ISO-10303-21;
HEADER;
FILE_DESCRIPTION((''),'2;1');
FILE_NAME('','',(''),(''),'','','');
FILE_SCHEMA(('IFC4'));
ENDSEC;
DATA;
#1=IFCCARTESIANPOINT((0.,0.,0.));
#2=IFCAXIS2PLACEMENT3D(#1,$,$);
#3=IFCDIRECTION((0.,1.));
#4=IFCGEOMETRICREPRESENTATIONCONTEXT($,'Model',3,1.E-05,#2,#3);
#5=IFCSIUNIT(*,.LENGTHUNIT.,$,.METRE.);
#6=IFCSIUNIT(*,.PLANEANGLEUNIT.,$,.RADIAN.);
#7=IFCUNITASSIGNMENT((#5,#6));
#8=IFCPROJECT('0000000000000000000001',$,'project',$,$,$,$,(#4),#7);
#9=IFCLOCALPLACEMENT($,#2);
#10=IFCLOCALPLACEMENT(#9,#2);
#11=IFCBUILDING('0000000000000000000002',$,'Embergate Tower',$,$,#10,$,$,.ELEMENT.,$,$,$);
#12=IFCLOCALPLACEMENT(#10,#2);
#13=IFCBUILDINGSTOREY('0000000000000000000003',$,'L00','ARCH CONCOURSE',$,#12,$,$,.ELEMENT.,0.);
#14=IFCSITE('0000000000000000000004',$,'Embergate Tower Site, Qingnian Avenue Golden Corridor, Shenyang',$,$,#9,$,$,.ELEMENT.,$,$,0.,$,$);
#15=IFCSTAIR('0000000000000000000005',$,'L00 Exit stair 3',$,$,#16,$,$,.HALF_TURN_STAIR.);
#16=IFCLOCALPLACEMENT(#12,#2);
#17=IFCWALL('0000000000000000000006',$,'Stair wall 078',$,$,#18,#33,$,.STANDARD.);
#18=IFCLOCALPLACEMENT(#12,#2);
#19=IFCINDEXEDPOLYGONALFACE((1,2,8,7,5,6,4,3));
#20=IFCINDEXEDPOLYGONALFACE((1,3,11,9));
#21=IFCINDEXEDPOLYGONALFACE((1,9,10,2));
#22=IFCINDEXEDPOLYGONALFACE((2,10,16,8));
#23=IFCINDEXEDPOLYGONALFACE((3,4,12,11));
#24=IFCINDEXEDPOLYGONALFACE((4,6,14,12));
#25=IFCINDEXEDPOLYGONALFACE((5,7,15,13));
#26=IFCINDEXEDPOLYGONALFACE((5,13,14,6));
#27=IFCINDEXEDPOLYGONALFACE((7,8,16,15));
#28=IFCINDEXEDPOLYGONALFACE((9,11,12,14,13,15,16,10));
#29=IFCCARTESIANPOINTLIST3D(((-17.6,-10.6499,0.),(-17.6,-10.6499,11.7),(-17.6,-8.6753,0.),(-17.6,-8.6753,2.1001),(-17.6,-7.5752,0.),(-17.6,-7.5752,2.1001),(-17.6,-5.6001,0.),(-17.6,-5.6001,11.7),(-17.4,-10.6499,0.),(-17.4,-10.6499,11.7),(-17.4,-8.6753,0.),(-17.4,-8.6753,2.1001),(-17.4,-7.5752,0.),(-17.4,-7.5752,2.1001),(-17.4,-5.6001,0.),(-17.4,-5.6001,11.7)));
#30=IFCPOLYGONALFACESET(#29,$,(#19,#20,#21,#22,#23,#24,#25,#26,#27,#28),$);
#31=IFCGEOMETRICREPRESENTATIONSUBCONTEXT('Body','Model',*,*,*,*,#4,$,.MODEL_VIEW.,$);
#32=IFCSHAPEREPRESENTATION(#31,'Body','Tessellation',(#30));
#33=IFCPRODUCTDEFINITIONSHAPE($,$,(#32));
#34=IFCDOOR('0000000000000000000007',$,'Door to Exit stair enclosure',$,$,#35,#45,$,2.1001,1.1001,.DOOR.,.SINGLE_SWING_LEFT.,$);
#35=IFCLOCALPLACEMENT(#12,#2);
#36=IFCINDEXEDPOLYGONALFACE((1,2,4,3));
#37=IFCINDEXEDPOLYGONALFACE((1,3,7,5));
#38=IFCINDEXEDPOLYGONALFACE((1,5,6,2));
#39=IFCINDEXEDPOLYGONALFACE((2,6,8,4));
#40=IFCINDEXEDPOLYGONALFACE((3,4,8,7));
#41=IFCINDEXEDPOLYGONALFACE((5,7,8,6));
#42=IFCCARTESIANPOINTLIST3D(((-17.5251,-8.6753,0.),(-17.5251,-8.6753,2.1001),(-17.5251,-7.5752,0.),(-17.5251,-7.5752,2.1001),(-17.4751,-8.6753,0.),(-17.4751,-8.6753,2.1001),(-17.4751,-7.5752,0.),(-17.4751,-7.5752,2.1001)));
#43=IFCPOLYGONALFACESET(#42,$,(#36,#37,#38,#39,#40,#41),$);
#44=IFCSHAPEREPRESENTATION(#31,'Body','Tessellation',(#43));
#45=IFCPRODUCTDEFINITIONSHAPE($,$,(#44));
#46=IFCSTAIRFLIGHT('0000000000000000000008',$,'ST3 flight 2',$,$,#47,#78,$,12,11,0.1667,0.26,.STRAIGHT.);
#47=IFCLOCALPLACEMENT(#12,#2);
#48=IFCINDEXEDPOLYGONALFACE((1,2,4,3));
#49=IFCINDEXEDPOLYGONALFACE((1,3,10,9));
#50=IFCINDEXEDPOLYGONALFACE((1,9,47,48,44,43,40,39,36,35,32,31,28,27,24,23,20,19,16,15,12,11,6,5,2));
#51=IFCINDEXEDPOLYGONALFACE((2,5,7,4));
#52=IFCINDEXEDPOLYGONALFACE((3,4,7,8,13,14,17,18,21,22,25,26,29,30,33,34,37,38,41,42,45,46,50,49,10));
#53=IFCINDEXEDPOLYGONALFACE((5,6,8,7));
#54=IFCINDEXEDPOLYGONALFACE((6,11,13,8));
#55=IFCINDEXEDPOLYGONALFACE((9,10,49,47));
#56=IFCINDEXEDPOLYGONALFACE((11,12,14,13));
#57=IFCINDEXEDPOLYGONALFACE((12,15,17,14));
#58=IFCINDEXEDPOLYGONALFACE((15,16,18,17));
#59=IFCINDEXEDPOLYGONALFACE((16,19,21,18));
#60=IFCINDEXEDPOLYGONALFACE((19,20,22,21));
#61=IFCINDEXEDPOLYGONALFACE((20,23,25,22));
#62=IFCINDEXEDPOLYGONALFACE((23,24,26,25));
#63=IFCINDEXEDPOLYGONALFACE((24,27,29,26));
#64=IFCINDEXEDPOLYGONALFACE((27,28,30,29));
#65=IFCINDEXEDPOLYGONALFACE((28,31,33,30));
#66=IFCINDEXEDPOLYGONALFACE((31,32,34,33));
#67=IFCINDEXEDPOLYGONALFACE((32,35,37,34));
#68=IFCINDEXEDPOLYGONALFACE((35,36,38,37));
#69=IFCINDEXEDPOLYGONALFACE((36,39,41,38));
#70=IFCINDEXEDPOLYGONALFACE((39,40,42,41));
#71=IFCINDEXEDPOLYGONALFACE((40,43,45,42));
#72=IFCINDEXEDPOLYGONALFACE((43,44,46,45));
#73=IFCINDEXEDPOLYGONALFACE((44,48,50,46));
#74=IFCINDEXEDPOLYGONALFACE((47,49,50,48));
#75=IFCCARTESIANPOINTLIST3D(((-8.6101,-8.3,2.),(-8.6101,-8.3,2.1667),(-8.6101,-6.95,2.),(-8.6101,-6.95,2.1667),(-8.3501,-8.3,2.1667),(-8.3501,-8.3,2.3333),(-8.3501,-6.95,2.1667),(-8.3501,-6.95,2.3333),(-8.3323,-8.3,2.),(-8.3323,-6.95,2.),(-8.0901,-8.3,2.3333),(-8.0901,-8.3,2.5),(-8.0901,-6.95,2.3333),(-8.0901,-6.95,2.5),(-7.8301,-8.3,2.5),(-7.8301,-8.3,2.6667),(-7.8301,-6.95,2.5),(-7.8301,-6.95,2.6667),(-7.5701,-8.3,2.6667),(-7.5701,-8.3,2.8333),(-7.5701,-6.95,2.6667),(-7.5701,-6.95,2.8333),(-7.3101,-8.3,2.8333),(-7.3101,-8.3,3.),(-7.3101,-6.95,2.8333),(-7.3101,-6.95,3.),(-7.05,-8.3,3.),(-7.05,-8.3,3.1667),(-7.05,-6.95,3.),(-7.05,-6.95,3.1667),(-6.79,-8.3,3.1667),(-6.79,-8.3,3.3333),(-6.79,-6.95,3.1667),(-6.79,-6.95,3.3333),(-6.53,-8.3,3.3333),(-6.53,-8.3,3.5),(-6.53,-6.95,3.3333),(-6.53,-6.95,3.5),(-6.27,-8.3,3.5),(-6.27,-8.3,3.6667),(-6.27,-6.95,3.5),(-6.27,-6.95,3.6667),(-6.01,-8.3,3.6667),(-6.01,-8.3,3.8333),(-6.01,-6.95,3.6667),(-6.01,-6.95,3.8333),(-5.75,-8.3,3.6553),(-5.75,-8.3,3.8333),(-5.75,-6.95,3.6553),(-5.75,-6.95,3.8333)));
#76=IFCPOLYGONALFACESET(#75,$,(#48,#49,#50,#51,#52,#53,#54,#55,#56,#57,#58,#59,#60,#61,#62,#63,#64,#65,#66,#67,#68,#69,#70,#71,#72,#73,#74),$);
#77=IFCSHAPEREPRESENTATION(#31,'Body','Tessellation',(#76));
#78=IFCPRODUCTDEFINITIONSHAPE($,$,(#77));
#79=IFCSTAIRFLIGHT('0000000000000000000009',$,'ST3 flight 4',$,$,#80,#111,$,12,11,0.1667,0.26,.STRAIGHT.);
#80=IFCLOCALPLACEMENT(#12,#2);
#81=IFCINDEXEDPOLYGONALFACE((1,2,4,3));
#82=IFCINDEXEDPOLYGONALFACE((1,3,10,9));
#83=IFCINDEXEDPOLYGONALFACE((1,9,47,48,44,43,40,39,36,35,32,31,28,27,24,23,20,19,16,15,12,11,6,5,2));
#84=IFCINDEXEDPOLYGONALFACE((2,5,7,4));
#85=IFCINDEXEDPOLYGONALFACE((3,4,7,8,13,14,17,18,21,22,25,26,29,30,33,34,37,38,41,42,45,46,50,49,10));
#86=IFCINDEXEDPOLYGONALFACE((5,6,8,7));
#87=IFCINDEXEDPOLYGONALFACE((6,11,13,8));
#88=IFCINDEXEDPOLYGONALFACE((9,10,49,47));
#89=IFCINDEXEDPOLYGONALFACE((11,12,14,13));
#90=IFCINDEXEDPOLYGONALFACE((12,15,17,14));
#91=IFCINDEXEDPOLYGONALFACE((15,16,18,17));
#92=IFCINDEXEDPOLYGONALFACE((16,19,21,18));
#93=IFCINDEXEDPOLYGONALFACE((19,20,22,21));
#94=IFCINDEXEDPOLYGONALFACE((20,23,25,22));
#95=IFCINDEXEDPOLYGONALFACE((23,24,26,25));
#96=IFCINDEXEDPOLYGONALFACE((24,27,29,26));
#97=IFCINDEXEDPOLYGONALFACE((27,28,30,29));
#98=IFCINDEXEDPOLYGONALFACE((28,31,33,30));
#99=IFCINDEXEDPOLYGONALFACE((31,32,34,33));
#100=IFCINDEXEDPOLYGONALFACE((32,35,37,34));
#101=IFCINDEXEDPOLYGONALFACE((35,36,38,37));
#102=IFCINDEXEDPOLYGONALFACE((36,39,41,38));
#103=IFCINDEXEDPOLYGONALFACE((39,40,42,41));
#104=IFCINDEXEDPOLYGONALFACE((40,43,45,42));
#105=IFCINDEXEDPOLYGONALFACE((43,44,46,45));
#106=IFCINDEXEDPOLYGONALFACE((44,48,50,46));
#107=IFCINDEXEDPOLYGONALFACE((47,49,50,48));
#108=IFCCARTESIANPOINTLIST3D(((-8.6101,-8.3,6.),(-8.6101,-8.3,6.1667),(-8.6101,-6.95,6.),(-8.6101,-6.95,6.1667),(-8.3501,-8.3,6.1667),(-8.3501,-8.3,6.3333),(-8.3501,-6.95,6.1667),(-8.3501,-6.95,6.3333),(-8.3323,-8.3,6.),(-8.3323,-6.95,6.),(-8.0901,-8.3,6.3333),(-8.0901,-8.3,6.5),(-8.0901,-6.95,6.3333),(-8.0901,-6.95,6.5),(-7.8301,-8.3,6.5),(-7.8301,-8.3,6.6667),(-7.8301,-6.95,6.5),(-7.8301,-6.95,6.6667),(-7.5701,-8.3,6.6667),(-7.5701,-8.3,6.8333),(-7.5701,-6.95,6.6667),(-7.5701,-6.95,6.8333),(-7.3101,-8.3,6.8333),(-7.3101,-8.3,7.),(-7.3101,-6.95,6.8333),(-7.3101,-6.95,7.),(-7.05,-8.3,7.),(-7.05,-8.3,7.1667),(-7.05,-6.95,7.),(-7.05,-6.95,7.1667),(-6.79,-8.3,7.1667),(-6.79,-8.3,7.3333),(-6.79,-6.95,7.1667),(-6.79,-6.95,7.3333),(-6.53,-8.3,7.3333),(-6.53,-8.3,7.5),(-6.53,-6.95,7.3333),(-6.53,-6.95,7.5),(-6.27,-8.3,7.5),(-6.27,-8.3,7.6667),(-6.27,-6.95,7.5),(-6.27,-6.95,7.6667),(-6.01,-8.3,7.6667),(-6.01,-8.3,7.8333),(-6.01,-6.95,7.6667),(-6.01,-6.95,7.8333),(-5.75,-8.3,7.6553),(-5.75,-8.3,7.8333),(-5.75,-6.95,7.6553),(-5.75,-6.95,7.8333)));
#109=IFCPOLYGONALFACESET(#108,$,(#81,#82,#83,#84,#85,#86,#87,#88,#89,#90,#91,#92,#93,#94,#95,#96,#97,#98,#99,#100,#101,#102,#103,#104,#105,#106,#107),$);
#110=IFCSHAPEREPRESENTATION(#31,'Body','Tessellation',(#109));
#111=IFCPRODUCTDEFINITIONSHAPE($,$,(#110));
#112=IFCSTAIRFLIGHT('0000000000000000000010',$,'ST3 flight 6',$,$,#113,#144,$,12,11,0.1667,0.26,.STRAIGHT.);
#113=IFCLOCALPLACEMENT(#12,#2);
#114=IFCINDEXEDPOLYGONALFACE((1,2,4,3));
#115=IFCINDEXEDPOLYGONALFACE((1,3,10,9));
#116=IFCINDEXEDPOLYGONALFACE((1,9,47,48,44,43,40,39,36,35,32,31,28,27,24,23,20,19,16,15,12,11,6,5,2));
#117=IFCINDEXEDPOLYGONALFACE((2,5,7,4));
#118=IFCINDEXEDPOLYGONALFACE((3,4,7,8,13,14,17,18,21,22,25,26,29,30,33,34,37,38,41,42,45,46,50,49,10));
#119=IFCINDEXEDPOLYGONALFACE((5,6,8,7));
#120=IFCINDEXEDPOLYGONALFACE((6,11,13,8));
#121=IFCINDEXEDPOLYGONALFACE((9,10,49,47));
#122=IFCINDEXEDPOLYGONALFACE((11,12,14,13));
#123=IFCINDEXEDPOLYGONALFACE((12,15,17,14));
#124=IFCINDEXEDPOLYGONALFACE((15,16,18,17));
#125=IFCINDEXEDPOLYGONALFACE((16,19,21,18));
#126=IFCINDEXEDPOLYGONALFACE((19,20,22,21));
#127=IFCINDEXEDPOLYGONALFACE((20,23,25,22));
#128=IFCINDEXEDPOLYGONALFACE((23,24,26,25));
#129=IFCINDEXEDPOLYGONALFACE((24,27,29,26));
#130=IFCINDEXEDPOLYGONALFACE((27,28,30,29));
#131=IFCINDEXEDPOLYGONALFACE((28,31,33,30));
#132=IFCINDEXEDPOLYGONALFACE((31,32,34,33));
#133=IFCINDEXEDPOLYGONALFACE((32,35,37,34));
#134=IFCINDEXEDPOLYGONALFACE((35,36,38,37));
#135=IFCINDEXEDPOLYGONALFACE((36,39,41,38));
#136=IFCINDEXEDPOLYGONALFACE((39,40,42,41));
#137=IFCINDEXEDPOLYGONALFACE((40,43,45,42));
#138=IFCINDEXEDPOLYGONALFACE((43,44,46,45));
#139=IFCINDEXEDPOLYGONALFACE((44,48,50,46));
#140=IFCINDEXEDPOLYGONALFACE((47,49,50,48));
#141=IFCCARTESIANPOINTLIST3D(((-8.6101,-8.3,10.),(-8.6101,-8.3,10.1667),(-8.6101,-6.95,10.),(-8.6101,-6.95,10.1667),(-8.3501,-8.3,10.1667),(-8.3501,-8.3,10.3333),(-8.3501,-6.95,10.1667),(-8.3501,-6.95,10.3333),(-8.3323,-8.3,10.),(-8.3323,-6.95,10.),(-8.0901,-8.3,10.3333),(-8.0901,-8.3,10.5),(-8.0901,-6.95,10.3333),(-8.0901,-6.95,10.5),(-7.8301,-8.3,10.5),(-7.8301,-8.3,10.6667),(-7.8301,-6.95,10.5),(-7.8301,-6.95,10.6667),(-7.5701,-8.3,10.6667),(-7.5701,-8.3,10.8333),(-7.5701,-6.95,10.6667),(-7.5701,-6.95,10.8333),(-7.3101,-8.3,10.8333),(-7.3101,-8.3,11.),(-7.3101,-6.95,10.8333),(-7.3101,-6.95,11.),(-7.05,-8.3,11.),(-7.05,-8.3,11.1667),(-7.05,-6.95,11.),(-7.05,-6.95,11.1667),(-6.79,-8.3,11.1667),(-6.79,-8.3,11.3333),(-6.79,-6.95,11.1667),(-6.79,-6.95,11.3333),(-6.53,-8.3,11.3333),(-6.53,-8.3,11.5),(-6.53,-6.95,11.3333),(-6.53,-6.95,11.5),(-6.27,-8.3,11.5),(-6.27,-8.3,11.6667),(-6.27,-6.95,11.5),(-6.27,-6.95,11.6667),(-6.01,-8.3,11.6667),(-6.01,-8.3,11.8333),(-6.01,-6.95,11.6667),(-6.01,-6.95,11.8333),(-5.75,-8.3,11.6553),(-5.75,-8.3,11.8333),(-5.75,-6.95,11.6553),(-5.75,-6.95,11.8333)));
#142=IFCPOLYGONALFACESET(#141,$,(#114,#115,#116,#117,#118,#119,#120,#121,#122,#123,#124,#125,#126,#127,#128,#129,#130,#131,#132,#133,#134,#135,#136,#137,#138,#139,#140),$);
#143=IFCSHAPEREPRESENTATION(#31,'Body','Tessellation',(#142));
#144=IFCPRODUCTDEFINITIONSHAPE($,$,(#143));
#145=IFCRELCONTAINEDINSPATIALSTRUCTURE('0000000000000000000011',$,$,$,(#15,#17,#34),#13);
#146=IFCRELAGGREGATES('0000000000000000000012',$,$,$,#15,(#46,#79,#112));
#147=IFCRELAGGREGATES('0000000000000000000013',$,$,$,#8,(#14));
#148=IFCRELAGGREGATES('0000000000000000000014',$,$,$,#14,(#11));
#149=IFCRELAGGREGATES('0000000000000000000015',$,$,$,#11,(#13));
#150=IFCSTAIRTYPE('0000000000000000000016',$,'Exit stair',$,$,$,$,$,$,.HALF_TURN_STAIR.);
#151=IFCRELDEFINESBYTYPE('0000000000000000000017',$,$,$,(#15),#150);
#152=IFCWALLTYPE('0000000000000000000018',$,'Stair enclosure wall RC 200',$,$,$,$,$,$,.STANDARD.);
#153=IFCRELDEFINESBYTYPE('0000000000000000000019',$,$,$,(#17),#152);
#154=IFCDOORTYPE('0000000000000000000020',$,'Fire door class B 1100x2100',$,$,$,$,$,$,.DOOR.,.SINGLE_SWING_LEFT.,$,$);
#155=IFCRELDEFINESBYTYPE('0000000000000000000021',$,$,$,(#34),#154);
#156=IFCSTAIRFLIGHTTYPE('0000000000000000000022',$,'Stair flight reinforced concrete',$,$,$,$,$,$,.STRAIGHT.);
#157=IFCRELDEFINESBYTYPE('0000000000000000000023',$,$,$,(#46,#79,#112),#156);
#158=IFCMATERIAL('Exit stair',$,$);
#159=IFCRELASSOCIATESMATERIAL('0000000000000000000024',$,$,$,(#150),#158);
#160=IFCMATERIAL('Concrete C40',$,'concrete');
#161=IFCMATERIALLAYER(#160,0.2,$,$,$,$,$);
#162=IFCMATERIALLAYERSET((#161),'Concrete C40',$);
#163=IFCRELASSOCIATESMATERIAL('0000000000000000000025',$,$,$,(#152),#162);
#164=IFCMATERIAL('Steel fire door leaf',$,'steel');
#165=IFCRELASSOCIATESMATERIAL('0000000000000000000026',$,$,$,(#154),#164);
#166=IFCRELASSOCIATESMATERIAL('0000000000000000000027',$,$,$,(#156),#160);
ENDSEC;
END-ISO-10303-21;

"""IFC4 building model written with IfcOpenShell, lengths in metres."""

from ifc_helpers import new_model, si_unit, direction, frame, frame_2d, origin, place, context, subcontext, project, spatial, polyline, rectangle, outline, extrude, source, transform, mapped, material, layer, layer_set, type_object, element, fill, aggregate, save


model = new_model("IFC4")

# Units and contexts
model_context = context("Model", 3, precision=1e-05, world=origin(), true_north=direction((0.0, 1.0)))
body_context = subcontext(model_context, "Body", "Model", "MODEL_VIEW")
ifc_project = project(units=[si_unit("LENGTHUNIT", "METRE"), si_unit("PLANEANGLEUNIT", "RADIAN")], contexts=[model_context])

# Site, building, storey
site_placement = place(None, origin())
site = spatial("IfcSite", under=ifc_project, at=site_placement, Name="Embergate Tower Site, Qingnian Avenue Golden Corridor, Shenyang", CompositionType="ELEMENT", RefElevation=0.0)
building_placement = place(site_placement, origin())
building = spatial("IfcBuilding", under=site, at=building_placement, Name="Embergate Tower", CompositionType="ELEMENT")
storey_placement = place(building_placement, origin())
storey = spatial("IfcBuildingStorey", under=building, at=storey_placement, Name="L00", Description="ARCH CONCOURSE", CompositionType="ELEMENT", Elevation=0.0)

# Stair
ifc_material_1 = material(Name="Exit stair")
stair_type_1 = type_object("IfcStairType", Name="Exit stair", PredefinedType="HALF_TURN_STAIR", material=ifc_material_1)
stair_1_placement = place(storey_placement, origin())
stair_1 = element("IfcStair", 1, at=stair_1_placement, inside=storey, type_object=stair_type_1, Name="L00 Exit stair 3", PredefinedType="HALF_TURN_STAIR")
ifc_material_2 = material(Name="Concrete C40", Category="concrete")

# Wall, opening, door
ifc_layer_1 = layer(ifc_material_2, 0.2)
ifc_layer_set_1 = layer_set([ifc_layer_1], Name="Concrete C40")
wall_type_1 = type_object("IfcWallType", Name="Stair enclosure wall RC 200", PredefinedType="STANDARD", material=ifc_layer_set_1)
shared_shape_1 = source(origin(), body_context, "Body", "SweptSolid", [
    extrude(rectangle(XDim=5.0498, YDim=0.2, at=frame_2d((2.5249, 0.0))), origin(), (0.0, 0.0, 1.0), 11.7),
])
wall_1_placement = place(storey_placement, frame((-17.5, -5.6001, 0.0), z_axis=(0.0, 0.0, 1.0), x_axis=(0.0, -1.0, 0.0)))
wall_1 = element("IfcWall", 2, at=wall_1_placement, inside=storey, type_object=wall_type_1, Name="Stair wall 078", PredefinedType="STANDARD", context=body_context, shape_type="MappedRepresentation", body=[
    mapped(shared_shape_1, transform((0.0, 0.0, 0.0))),
])
shared_shape_2 = source(origin(), body_context, "Body", "SweptSolid", [
    extrude(rectangle(XDim=1.1001, YDim=2.1001, at=frame_2d((0.55, 1.05))), frame((0.0, 0.1099, 0.0), z_axis=(0.0, -1.0, 0.0), x_axis=(1.0, 0.0, 0.0)), (0.0, 0.0, 1.0), 0.22),
])
opening_1_placement = place(wall_1_placement, frame((1.9751, 0.0, 0.0)))
opening_1 = element("IfcOpeningElement", 3, at=opening_1_placement, cuts=wall_1, PredefinedType="OPENING", context=body_context, shape_type="MappedRepresentation", body=[
    mapped(shared_shape_2, transform((0.0, 0.0, 0.0))),
])
ifc_material_3 = material(Name="Steel fire door leaf", Category="steel")
door_type_1 = type_object("IfcDoorType", Name="Fire door class B 1100x2100", OperationType="SINGLE_SWING_LEFT", PredefinedType="DOOR", material=ifc_material_3)
shared_shape_3 = source(origin(), body_context, "Body", "SweptSolid", [
    extrude(rectangle(XDim=1.1001, YDim=2.1001, at=frame_2d((0.55, 1.05))), frame((0.0, 0.0249, 0.0), z_axis=(0.0, -1.0, 0.0), x_axis=(1.0, 0.0, 0.0)), (0.0, 0.0, 1.0), 0.05),
])
door_1_placement = place(opening_1_placement, origin())
door_1 = element("IfcDoor", 4, at=door_1_placement, inside=storey, type_object=door_type_1, Name="Door to Exit stair enclosure", OperationType="SINGLE_SWING_LEFT", OverallHeight=2.1001, OverallWidth=1.1001, PredefinedType="DOOR", context=body_context, shape_type="MappedRepresentation", body=[
    mapped(shared_shape_3, transform((0.0, 0.0, 0.0))),
])
fill(opening_1, door_1)

# Stair flights
stair_flight_type_1 = type_object("IfcStairFlightType", Name="Stair flight reinforced concrete", PredefinedType="STRAIGHT", material=ifc_material_2)
shared_shape_4 = source(origin(), body_context, "Body", "SweptSolid", [
    extrude(outline(polyline([(0.0, 0.0), (0.0, 0.1667), (0.26, 0.1667), (0.26, 0.3333), (0.52, 0.3333), (0.52, 0.5), (0.78, 0.5), (0.78, 0.6667), (1.04, 0.6667), (1.04, 0.8333), (1.3, 0.8333), (1.3, 1.0), (1.5601, 1.0), (1.5601, 1.1667), (1.8201, 1.1667), (1.8201, 1.3333), (2.0801, 1.3333), (2.0801, 1.5), (2.3401, 1.5), (2.3401, 1.6667), (2.6001, 1.6667), (2.6001, 1.8333), (2.8601, 1.8333), (2.8601, 2.0), (2.8601, 1.6553), (0.2778, 0.0), (0.0, 0.0)])), frame((0.0, 0.675, 0.0), z_axis=(0.0, -1.0, 0.0), x_axis=(1.0, 0.0, 0.0)), (0.0, 0.0, 1.0), 1.3501),
])
stair_flight_1_placement = place(storey_placement, frame((-8.6101, -7.625, 2.0), z_axis=(0.0, 0.0, 1.0), x_axis=(1.0, 0.0, 0.0)))
stair_flight_1 = element("IfcStairFlight", 5, at=stair_flight_1_placement, type_object=stair_flight_type_1, Name="ST3 flight 2", NumberOfRisers=12, NumberOfTreads=11, PredefinedType="STRAIGHT", RiserHeight=0.1667, TreadLength=0.26, context=body_context, shape_type="MappedRepresentation", body=[
    mapped(shared_shape_4, transform((0.0, 0.0, 0.0))),
])
stair_flight_2_placement = place(storey_placement, frame((-8.6101, -7.625, 6.0), z_axis=(0.0, 0.0, 1.0), x_axis=(1.0, 0.0, 0.0)))
stair_flight_2 = element("IfcStairFlight", 6, at=stair_flight_2_placement, type_object=stair_flight_type_1, Name="ST3 flight 4", NumberOfRisers=12, NumberOfTreads=11, PredefinedType="STRAIGHT", RiserHeight=0.1667, TreadLength=0.26, context=body_context, shape_type="MappedRepresentation", body=[
    mapped(shared_shape_4, transform((0.0, 0.0, 0.0))),
])
stair_flight_3_placement = place(storey_placement, frame((-8.6101, -7.625, 10.0), z_axis=(0.0, 0.0, 1.0), x_axis=(1.0, 0.0, 0.0)))
stair_flight_3 = element("IfcStairFlight", 7, at=stair_flight_3_placement, type_object=stair_flight_type_1, Name="ST3 flight 6", NumberOfRisers=12, NumberOfTreads=11, PredefinedType="STRAIGHT", RiserHeight=0.1667, TreadLength=0.26, context=body_context, shape_type="MappedRepresentation", body=[
    mapped(shared_shape_4, transform((0.0, 0.0, 0.0))),
])
aggregate(stair_1, [stair_flight_1, stair_flight_2, stair_flight_3])

save(model, "model.ifc")
